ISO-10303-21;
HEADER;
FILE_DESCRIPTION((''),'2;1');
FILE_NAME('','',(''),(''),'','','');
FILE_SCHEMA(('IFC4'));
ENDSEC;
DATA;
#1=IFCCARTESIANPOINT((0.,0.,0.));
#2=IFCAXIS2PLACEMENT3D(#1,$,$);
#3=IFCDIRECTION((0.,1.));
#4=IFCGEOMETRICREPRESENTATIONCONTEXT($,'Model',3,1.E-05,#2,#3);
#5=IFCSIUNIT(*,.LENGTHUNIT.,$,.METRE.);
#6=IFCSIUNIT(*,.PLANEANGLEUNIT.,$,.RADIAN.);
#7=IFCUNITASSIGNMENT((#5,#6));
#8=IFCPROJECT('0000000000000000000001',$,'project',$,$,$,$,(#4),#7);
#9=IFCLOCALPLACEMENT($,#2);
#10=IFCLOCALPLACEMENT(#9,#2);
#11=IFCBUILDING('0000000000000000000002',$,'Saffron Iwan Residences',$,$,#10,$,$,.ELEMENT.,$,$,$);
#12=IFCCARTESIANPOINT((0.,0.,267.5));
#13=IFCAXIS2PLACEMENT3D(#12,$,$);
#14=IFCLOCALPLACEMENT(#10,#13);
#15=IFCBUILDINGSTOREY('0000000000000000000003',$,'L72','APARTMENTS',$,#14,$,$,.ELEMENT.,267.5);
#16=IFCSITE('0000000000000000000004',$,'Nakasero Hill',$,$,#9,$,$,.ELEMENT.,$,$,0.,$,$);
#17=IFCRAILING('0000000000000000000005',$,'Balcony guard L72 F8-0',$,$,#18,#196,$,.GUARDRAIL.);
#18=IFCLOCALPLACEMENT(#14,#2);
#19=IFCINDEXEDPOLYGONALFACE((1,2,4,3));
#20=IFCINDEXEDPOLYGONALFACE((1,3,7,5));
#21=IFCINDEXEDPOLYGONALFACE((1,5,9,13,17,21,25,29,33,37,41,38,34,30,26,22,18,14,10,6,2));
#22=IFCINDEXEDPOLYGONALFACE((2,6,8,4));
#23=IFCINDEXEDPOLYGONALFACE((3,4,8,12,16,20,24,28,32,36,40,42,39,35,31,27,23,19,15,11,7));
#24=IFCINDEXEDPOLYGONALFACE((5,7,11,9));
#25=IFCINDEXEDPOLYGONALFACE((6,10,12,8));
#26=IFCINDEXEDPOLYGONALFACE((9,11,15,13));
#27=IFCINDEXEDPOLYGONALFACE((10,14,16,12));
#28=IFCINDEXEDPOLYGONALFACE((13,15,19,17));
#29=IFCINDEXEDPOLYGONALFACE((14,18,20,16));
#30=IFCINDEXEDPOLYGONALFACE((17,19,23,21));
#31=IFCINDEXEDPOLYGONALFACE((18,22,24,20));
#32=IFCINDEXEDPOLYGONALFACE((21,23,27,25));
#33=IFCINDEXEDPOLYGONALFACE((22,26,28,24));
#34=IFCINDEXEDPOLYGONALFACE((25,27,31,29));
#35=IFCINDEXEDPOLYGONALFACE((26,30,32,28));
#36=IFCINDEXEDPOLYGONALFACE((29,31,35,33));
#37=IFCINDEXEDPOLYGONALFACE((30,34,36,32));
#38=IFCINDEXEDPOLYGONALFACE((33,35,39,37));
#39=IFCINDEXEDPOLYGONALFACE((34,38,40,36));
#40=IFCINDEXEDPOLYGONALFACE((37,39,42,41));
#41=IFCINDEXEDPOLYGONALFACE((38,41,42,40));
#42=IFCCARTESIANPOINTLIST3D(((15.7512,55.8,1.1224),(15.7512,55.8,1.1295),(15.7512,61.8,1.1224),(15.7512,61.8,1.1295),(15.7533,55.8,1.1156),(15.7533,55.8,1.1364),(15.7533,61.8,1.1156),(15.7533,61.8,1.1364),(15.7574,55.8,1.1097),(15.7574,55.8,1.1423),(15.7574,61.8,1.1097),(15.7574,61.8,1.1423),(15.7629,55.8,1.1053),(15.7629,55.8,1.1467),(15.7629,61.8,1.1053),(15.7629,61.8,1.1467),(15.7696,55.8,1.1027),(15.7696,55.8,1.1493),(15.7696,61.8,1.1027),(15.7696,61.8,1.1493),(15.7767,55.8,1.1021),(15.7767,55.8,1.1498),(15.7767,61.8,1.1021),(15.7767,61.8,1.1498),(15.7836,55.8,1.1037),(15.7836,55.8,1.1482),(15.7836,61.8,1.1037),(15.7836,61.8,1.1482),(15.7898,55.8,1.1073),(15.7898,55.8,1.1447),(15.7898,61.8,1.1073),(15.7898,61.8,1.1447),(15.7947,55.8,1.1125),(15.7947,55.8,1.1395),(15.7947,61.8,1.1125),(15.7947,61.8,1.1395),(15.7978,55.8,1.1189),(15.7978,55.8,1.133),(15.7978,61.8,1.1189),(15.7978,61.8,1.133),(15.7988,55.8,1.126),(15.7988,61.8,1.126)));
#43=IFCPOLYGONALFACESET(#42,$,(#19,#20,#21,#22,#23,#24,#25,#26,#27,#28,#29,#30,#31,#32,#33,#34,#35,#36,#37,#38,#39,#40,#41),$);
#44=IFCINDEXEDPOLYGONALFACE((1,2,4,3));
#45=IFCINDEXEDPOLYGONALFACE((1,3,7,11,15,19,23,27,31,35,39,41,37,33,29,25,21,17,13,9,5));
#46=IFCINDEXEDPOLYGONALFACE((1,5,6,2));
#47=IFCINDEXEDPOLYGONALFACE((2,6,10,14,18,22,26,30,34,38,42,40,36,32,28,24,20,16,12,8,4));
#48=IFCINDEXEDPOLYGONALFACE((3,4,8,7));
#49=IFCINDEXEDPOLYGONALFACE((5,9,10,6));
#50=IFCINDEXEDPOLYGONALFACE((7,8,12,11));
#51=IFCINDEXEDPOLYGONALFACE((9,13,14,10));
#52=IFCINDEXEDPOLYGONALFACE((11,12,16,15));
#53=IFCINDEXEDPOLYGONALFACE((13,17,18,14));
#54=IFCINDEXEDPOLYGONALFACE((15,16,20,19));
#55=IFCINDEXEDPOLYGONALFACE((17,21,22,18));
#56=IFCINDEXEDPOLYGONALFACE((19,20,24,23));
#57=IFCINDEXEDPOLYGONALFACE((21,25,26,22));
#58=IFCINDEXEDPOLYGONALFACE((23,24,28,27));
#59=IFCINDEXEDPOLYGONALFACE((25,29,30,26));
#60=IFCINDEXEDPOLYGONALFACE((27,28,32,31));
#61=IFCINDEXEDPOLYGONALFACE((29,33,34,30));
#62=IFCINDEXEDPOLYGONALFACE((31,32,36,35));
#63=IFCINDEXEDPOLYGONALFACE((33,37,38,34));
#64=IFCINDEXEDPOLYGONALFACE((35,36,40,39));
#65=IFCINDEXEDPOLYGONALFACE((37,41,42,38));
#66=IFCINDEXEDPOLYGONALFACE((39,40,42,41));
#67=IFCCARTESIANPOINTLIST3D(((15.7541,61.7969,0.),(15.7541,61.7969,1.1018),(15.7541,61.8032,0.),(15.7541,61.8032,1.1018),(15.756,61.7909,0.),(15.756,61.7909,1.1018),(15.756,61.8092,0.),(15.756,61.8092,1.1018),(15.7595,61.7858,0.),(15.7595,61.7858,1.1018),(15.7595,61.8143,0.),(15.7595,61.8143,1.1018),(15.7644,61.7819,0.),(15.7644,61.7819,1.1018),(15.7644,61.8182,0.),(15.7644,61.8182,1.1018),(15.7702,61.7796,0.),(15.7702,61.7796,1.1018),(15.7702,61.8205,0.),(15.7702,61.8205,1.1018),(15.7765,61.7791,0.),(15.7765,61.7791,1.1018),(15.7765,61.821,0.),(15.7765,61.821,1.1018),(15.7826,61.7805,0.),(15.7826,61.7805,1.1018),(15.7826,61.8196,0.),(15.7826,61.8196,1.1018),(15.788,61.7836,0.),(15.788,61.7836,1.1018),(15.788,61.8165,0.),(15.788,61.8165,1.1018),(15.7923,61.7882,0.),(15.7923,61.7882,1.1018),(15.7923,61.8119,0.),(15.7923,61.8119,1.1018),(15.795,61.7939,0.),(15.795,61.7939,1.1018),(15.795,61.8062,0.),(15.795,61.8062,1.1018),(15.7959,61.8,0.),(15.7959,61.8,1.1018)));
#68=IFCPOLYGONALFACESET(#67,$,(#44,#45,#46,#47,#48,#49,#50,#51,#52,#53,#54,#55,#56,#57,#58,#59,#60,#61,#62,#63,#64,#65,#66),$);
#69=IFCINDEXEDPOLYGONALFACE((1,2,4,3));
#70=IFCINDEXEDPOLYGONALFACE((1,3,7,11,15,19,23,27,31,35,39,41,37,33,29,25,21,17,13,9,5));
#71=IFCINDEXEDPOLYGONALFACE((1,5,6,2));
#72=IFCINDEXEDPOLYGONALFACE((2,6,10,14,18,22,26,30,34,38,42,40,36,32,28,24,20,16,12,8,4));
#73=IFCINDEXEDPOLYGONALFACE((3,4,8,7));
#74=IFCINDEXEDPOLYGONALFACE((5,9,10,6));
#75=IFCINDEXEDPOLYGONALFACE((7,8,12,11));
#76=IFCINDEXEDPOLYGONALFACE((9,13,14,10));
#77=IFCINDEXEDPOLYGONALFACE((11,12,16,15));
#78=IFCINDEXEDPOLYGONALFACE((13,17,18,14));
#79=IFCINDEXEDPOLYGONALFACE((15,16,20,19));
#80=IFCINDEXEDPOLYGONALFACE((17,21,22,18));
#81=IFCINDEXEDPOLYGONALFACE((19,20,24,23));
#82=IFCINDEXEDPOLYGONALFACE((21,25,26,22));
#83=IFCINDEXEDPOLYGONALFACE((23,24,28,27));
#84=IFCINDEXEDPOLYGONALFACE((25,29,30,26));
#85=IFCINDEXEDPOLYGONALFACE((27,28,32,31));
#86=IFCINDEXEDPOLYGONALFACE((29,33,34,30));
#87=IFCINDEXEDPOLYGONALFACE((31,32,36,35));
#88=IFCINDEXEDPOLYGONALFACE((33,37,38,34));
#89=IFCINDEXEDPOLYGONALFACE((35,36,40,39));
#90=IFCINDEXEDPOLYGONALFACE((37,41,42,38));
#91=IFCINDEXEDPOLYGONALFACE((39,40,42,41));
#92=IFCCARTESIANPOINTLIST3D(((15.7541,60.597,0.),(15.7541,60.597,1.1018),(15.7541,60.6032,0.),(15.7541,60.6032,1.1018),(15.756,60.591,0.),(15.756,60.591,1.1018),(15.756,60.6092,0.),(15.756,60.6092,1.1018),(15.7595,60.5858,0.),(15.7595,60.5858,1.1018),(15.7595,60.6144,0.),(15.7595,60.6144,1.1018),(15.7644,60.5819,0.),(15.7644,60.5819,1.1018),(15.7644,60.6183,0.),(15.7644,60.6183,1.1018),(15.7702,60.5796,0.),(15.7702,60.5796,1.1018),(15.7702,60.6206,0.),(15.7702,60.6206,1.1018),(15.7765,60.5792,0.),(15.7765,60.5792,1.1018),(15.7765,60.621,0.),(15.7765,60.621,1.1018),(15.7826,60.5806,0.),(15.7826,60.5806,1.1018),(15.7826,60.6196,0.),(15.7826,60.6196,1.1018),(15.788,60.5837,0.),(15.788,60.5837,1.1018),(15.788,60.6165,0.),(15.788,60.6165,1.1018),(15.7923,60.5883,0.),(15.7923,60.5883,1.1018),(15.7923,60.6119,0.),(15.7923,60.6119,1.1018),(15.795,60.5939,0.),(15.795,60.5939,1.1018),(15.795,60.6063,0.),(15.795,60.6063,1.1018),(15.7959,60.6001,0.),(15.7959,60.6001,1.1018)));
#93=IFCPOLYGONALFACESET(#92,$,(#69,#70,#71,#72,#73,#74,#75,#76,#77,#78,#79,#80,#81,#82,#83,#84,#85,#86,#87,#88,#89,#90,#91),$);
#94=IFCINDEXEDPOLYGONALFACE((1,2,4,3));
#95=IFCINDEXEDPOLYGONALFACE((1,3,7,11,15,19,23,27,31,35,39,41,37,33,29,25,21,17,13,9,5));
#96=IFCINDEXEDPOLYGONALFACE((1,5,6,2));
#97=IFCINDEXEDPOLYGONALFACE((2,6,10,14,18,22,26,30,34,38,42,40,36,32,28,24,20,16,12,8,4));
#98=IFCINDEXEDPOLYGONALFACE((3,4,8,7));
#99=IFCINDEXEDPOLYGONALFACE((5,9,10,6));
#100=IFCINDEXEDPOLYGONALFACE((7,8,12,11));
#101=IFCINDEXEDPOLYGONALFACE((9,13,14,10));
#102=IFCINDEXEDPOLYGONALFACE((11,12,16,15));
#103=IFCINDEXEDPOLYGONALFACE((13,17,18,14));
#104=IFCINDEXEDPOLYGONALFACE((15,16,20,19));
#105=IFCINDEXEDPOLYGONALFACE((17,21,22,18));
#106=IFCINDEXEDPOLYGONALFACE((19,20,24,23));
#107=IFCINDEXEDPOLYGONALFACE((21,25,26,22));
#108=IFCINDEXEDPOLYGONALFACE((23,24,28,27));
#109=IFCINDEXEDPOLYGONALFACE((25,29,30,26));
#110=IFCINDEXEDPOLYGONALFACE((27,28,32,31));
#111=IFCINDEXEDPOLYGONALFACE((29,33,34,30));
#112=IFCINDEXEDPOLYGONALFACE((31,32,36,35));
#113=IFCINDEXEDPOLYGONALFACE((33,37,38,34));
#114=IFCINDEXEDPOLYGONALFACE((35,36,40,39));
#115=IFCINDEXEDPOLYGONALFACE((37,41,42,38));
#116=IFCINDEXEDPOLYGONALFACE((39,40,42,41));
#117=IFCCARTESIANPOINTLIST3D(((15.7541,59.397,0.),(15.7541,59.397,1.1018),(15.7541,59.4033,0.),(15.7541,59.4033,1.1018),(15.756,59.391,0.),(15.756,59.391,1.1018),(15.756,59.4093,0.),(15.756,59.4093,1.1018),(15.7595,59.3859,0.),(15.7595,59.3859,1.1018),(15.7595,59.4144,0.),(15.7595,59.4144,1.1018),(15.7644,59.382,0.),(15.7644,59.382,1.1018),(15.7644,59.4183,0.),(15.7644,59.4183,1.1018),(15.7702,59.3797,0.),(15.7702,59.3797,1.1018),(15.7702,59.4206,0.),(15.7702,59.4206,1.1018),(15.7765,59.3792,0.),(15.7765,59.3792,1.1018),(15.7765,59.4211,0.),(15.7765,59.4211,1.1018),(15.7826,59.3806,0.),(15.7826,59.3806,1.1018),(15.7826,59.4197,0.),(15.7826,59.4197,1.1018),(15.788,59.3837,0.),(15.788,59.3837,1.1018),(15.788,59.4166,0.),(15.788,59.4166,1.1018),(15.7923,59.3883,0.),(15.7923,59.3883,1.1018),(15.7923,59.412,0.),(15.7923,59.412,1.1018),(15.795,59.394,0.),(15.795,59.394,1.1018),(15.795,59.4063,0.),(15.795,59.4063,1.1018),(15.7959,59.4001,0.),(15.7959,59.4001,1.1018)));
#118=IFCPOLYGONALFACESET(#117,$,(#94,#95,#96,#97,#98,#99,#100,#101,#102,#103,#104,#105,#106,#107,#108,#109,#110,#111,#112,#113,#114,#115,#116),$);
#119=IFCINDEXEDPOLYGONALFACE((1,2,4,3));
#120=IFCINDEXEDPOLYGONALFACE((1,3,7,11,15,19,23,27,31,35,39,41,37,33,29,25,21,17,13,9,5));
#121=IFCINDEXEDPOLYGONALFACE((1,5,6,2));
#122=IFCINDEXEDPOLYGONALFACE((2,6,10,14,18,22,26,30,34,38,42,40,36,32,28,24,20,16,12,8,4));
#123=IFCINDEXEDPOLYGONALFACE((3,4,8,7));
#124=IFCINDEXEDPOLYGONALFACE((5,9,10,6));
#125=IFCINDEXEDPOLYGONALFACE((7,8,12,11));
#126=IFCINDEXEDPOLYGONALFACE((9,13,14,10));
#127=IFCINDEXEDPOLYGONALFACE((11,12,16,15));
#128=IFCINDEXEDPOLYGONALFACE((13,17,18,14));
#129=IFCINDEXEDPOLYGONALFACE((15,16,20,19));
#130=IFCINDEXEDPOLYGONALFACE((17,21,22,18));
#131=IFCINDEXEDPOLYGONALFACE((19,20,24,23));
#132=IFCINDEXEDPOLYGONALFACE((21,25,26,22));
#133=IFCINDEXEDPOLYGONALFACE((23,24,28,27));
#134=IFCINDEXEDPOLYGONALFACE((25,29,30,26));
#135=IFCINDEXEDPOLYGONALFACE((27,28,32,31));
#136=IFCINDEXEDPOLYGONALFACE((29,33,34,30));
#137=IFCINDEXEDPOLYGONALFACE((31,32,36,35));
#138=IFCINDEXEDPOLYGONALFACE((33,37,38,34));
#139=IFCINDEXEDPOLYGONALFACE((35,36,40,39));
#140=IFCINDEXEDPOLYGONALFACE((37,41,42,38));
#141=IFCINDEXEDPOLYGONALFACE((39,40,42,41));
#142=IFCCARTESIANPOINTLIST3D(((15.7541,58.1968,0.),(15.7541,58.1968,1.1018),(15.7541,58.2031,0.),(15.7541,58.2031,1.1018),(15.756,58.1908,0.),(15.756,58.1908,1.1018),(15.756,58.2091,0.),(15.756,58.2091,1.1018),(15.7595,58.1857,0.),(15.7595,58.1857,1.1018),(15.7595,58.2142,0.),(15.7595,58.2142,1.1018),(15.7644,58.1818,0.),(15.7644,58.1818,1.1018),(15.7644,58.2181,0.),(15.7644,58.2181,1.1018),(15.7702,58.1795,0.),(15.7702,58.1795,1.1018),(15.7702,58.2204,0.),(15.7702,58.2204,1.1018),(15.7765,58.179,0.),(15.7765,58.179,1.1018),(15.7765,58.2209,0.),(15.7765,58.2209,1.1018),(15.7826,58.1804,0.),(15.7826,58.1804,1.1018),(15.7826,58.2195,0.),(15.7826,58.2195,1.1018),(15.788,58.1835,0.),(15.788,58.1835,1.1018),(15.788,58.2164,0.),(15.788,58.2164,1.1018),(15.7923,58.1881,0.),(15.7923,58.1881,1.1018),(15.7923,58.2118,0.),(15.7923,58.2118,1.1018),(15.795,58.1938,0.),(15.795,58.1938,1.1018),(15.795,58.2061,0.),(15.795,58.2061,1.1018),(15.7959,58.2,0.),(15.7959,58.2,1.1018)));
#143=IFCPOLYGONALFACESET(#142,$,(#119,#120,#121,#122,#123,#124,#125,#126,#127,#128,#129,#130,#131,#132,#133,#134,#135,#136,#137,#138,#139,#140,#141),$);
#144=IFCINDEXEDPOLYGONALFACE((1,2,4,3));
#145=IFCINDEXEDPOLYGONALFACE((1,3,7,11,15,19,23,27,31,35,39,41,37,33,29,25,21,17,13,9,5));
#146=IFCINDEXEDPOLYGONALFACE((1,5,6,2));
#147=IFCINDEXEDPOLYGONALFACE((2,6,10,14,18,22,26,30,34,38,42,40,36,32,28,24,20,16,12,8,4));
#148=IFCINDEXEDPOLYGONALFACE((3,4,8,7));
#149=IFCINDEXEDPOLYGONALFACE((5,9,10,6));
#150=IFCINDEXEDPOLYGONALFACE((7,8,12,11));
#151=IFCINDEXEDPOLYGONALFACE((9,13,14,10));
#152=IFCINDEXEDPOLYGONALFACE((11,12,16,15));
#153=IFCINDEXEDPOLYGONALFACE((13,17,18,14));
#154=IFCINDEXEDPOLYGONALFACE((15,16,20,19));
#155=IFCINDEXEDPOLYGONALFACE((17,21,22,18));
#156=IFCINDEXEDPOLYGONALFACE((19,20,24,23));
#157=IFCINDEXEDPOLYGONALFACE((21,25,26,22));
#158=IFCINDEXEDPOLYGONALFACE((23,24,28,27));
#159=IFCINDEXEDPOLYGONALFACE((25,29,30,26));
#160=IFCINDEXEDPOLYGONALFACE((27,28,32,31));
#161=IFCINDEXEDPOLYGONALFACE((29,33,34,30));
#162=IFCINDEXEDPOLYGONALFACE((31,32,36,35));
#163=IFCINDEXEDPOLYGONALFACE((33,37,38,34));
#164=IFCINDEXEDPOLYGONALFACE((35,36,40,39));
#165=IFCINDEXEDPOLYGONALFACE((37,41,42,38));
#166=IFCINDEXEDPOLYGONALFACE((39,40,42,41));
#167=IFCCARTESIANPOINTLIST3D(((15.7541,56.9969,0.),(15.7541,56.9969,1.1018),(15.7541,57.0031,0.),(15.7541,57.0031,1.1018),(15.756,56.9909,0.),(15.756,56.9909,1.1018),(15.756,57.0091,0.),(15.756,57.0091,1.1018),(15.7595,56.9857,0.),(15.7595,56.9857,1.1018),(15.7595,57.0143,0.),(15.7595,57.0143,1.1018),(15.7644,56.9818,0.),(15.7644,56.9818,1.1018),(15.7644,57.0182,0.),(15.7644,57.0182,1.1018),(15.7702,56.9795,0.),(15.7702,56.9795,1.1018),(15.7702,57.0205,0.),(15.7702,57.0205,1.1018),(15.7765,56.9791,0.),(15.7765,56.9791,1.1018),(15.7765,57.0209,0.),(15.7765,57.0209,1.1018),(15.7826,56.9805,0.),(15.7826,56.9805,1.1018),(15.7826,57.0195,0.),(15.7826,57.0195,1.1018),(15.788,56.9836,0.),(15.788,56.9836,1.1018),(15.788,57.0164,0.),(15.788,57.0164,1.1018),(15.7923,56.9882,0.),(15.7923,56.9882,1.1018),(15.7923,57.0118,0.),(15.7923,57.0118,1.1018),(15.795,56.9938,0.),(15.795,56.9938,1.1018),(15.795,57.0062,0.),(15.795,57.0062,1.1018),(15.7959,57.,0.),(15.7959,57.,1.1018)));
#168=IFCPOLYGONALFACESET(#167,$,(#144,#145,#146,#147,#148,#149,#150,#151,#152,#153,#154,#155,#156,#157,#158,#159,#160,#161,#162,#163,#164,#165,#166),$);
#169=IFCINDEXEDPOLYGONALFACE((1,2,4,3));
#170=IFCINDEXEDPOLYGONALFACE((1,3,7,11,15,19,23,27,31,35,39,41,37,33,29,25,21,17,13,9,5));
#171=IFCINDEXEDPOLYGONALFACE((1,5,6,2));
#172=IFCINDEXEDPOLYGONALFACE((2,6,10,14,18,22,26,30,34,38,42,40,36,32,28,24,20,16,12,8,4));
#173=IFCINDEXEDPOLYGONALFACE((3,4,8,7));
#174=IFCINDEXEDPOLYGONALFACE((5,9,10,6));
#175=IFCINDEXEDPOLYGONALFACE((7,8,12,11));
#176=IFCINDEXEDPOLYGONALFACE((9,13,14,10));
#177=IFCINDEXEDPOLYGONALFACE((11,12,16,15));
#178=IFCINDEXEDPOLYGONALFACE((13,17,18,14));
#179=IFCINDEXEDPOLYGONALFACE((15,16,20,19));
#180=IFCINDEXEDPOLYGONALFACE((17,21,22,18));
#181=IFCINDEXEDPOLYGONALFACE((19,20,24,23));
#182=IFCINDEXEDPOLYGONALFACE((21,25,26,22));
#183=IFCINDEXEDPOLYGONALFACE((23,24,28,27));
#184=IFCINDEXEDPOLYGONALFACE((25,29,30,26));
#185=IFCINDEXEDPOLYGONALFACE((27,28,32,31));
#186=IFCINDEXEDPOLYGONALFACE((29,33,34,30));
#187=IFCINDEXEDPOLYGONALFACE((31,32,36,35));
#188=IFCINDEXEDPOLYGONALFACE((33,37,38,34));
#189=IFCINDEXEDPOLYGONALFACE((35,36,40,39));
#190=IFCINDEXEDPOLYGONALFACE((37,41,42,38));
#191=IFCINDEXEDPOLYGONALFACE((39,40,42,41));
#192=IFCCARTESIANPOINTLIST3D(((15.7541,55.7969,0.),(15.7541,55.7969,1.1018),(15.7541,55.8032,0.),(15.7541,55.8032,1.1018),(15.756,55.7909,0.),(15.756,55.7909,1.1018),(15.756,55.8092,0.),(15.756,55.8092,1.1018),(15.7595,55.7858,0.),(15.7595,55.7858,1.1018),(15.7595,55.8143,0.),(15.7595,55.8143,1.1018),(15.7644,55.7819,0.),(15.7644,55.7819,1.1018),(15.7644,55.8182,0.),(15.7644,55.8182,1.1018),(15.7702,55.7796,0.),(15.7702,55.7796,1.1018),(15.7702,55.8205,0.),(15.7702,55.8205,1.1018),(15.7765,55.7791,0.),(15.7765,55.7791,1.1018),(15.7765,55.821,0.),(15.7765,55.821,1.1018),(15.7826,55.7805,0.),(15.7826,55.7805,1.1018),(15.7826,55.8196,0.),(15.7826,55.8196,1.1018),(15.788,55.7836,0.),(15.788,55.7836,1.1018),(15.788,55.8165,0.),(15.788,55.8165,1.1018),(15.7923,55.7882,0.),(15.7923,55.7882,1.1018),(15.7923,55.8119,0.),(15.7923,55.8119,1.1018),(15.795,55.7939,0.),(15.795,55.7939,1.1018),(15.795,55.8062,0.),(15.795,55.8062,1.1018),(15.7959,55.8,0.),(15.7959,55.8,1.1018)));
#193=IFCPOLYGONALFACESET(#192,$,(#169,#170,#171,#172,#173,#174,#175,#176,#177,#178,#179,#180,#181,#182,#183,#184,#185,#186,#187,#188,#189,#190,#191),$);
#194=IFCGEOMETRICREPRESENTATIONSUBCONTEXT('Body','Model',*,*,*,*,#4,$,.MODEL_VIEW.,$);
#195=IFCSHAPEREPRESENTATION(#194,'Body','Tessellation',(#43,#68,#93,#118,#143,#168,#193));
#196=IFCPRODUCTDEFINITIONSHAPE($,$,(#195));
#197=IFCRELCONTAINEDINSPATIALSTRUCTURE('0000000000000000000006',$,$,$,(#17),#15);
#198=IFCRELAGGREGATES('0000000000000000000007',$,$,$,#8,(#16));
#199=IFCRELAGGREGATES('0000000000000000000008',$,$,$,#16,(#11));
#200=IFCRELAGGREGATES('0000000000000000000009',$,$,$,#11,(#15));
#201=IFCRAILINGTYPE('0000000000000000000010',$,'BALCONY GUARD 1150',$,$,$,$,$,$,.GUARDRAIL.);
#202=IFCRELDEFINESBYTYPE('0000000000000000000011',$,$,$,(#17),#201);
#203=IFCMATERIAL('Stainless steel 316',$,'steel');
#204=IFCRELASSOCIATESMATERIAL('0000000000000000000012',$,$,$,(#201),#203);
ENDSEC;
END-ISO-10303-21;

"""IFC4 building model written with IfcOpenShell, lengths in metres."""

from ifc_helpers import new_model, si_unit, direction, frame, origin, origin_2d, place, context, subcontext, project, spatial, circle, extrude, material, type_object, element, save


model = new_model("IFC4")

# Units and contexts
model_context = context("Model", 3, precision=1e-05, world=origin(), true_north=direction((0.0, 1.0)))
body_context = subcontext(model_context, "Body", "Model", "MODEL_VIEW")
ifc_project = project(units=[si_unit("LENGTHUNIT", "METRE"), si_unit("PLANEANGLEUNIT", "RADIAN")], contexts=[model_context])

# Site, building, storey
site_placement = place(None, origin())
site = spatial("IfcSite", under=ifc_project, at=site_placement, Name="Nakasero Hill", CompositionType="ELEMENT", RefElevation=0.0)
building_placement = place(site_placement, origin())
building = spatial("IfcBuilding", under=site, at=building_placement, Name="Saffron Iwan Residences", CompositionType="ELEMENT")
storey_placement = place(building_placement, frame((0.0, 0.0, 267.5)))
storey = spatial("IfcBuildingStorey", under=building, at=storey_placement, Name="L72", Description="APARTMENTS", CompositionType="ELEMENT", Elevation=267.5)

# Railing
ifc_material_1 = material(Name="Stainless steel 316", Category="steel")
railing_type = type_object("IfcRailingType", Name="BALCONY GUARD 1150", PredefinedType="GUARDRAIL", material=ifc_material_1)
railing_placement = place(storey_placement, frame((15.7749, 61.8, 0.0)))
element("IfcRailing", 1, at=railing_placement, inside=storey, type_object=railing_type, Name="Balcony guard L72 F8-0", PredefinedType="GUARDRAIL", context=body_context, shape_type="SweptSolid", body=[
    extrude(circle(Radius=0.0239, at=origin_2d()), frame((0.0, 0.0, 1.126), z_axis=(0.0, -1.0, 0.0), x_axis=(1.0, 0.0, 0.0)), (0.0, 0.0, 1.0), 6.0),
    extrude(circle(Radius=0.021, at=origin_2d()), origin(), (0.0, 0.0, 1.0), 1.1018),
    extrude(circle(Radius=0.021, at=origin_2d()), frame((0.0, -1.2, 0.0)), (0.0, 0.0, 1.0), 1.1018),
    extrude(circle(Radius=0.021, at=origin_2d()), frame((0.0, -2.3999, 0.0)), (0.0, 0.0, 1.0), 1.1018),
    extrude(circle(Radius=0.021, at=origin_2d()), frame((0.0, -3.6001, 0.0)), (0.0, 0.0, 1.0), 1.1018),
    extrude(circle(Radius=0.021, at=origin_2d()), frame((0.0, -4.8, 0.0)), (0.0, 0.0, 1.0), 1.1018),
    extrude(circle(Radius=0.021, at=origin_2d()), frame((0.0, -6.0, 0.0)), (0.0, 0.0, 1.0), 1.1018),
])

save(model, "model.ifc")
